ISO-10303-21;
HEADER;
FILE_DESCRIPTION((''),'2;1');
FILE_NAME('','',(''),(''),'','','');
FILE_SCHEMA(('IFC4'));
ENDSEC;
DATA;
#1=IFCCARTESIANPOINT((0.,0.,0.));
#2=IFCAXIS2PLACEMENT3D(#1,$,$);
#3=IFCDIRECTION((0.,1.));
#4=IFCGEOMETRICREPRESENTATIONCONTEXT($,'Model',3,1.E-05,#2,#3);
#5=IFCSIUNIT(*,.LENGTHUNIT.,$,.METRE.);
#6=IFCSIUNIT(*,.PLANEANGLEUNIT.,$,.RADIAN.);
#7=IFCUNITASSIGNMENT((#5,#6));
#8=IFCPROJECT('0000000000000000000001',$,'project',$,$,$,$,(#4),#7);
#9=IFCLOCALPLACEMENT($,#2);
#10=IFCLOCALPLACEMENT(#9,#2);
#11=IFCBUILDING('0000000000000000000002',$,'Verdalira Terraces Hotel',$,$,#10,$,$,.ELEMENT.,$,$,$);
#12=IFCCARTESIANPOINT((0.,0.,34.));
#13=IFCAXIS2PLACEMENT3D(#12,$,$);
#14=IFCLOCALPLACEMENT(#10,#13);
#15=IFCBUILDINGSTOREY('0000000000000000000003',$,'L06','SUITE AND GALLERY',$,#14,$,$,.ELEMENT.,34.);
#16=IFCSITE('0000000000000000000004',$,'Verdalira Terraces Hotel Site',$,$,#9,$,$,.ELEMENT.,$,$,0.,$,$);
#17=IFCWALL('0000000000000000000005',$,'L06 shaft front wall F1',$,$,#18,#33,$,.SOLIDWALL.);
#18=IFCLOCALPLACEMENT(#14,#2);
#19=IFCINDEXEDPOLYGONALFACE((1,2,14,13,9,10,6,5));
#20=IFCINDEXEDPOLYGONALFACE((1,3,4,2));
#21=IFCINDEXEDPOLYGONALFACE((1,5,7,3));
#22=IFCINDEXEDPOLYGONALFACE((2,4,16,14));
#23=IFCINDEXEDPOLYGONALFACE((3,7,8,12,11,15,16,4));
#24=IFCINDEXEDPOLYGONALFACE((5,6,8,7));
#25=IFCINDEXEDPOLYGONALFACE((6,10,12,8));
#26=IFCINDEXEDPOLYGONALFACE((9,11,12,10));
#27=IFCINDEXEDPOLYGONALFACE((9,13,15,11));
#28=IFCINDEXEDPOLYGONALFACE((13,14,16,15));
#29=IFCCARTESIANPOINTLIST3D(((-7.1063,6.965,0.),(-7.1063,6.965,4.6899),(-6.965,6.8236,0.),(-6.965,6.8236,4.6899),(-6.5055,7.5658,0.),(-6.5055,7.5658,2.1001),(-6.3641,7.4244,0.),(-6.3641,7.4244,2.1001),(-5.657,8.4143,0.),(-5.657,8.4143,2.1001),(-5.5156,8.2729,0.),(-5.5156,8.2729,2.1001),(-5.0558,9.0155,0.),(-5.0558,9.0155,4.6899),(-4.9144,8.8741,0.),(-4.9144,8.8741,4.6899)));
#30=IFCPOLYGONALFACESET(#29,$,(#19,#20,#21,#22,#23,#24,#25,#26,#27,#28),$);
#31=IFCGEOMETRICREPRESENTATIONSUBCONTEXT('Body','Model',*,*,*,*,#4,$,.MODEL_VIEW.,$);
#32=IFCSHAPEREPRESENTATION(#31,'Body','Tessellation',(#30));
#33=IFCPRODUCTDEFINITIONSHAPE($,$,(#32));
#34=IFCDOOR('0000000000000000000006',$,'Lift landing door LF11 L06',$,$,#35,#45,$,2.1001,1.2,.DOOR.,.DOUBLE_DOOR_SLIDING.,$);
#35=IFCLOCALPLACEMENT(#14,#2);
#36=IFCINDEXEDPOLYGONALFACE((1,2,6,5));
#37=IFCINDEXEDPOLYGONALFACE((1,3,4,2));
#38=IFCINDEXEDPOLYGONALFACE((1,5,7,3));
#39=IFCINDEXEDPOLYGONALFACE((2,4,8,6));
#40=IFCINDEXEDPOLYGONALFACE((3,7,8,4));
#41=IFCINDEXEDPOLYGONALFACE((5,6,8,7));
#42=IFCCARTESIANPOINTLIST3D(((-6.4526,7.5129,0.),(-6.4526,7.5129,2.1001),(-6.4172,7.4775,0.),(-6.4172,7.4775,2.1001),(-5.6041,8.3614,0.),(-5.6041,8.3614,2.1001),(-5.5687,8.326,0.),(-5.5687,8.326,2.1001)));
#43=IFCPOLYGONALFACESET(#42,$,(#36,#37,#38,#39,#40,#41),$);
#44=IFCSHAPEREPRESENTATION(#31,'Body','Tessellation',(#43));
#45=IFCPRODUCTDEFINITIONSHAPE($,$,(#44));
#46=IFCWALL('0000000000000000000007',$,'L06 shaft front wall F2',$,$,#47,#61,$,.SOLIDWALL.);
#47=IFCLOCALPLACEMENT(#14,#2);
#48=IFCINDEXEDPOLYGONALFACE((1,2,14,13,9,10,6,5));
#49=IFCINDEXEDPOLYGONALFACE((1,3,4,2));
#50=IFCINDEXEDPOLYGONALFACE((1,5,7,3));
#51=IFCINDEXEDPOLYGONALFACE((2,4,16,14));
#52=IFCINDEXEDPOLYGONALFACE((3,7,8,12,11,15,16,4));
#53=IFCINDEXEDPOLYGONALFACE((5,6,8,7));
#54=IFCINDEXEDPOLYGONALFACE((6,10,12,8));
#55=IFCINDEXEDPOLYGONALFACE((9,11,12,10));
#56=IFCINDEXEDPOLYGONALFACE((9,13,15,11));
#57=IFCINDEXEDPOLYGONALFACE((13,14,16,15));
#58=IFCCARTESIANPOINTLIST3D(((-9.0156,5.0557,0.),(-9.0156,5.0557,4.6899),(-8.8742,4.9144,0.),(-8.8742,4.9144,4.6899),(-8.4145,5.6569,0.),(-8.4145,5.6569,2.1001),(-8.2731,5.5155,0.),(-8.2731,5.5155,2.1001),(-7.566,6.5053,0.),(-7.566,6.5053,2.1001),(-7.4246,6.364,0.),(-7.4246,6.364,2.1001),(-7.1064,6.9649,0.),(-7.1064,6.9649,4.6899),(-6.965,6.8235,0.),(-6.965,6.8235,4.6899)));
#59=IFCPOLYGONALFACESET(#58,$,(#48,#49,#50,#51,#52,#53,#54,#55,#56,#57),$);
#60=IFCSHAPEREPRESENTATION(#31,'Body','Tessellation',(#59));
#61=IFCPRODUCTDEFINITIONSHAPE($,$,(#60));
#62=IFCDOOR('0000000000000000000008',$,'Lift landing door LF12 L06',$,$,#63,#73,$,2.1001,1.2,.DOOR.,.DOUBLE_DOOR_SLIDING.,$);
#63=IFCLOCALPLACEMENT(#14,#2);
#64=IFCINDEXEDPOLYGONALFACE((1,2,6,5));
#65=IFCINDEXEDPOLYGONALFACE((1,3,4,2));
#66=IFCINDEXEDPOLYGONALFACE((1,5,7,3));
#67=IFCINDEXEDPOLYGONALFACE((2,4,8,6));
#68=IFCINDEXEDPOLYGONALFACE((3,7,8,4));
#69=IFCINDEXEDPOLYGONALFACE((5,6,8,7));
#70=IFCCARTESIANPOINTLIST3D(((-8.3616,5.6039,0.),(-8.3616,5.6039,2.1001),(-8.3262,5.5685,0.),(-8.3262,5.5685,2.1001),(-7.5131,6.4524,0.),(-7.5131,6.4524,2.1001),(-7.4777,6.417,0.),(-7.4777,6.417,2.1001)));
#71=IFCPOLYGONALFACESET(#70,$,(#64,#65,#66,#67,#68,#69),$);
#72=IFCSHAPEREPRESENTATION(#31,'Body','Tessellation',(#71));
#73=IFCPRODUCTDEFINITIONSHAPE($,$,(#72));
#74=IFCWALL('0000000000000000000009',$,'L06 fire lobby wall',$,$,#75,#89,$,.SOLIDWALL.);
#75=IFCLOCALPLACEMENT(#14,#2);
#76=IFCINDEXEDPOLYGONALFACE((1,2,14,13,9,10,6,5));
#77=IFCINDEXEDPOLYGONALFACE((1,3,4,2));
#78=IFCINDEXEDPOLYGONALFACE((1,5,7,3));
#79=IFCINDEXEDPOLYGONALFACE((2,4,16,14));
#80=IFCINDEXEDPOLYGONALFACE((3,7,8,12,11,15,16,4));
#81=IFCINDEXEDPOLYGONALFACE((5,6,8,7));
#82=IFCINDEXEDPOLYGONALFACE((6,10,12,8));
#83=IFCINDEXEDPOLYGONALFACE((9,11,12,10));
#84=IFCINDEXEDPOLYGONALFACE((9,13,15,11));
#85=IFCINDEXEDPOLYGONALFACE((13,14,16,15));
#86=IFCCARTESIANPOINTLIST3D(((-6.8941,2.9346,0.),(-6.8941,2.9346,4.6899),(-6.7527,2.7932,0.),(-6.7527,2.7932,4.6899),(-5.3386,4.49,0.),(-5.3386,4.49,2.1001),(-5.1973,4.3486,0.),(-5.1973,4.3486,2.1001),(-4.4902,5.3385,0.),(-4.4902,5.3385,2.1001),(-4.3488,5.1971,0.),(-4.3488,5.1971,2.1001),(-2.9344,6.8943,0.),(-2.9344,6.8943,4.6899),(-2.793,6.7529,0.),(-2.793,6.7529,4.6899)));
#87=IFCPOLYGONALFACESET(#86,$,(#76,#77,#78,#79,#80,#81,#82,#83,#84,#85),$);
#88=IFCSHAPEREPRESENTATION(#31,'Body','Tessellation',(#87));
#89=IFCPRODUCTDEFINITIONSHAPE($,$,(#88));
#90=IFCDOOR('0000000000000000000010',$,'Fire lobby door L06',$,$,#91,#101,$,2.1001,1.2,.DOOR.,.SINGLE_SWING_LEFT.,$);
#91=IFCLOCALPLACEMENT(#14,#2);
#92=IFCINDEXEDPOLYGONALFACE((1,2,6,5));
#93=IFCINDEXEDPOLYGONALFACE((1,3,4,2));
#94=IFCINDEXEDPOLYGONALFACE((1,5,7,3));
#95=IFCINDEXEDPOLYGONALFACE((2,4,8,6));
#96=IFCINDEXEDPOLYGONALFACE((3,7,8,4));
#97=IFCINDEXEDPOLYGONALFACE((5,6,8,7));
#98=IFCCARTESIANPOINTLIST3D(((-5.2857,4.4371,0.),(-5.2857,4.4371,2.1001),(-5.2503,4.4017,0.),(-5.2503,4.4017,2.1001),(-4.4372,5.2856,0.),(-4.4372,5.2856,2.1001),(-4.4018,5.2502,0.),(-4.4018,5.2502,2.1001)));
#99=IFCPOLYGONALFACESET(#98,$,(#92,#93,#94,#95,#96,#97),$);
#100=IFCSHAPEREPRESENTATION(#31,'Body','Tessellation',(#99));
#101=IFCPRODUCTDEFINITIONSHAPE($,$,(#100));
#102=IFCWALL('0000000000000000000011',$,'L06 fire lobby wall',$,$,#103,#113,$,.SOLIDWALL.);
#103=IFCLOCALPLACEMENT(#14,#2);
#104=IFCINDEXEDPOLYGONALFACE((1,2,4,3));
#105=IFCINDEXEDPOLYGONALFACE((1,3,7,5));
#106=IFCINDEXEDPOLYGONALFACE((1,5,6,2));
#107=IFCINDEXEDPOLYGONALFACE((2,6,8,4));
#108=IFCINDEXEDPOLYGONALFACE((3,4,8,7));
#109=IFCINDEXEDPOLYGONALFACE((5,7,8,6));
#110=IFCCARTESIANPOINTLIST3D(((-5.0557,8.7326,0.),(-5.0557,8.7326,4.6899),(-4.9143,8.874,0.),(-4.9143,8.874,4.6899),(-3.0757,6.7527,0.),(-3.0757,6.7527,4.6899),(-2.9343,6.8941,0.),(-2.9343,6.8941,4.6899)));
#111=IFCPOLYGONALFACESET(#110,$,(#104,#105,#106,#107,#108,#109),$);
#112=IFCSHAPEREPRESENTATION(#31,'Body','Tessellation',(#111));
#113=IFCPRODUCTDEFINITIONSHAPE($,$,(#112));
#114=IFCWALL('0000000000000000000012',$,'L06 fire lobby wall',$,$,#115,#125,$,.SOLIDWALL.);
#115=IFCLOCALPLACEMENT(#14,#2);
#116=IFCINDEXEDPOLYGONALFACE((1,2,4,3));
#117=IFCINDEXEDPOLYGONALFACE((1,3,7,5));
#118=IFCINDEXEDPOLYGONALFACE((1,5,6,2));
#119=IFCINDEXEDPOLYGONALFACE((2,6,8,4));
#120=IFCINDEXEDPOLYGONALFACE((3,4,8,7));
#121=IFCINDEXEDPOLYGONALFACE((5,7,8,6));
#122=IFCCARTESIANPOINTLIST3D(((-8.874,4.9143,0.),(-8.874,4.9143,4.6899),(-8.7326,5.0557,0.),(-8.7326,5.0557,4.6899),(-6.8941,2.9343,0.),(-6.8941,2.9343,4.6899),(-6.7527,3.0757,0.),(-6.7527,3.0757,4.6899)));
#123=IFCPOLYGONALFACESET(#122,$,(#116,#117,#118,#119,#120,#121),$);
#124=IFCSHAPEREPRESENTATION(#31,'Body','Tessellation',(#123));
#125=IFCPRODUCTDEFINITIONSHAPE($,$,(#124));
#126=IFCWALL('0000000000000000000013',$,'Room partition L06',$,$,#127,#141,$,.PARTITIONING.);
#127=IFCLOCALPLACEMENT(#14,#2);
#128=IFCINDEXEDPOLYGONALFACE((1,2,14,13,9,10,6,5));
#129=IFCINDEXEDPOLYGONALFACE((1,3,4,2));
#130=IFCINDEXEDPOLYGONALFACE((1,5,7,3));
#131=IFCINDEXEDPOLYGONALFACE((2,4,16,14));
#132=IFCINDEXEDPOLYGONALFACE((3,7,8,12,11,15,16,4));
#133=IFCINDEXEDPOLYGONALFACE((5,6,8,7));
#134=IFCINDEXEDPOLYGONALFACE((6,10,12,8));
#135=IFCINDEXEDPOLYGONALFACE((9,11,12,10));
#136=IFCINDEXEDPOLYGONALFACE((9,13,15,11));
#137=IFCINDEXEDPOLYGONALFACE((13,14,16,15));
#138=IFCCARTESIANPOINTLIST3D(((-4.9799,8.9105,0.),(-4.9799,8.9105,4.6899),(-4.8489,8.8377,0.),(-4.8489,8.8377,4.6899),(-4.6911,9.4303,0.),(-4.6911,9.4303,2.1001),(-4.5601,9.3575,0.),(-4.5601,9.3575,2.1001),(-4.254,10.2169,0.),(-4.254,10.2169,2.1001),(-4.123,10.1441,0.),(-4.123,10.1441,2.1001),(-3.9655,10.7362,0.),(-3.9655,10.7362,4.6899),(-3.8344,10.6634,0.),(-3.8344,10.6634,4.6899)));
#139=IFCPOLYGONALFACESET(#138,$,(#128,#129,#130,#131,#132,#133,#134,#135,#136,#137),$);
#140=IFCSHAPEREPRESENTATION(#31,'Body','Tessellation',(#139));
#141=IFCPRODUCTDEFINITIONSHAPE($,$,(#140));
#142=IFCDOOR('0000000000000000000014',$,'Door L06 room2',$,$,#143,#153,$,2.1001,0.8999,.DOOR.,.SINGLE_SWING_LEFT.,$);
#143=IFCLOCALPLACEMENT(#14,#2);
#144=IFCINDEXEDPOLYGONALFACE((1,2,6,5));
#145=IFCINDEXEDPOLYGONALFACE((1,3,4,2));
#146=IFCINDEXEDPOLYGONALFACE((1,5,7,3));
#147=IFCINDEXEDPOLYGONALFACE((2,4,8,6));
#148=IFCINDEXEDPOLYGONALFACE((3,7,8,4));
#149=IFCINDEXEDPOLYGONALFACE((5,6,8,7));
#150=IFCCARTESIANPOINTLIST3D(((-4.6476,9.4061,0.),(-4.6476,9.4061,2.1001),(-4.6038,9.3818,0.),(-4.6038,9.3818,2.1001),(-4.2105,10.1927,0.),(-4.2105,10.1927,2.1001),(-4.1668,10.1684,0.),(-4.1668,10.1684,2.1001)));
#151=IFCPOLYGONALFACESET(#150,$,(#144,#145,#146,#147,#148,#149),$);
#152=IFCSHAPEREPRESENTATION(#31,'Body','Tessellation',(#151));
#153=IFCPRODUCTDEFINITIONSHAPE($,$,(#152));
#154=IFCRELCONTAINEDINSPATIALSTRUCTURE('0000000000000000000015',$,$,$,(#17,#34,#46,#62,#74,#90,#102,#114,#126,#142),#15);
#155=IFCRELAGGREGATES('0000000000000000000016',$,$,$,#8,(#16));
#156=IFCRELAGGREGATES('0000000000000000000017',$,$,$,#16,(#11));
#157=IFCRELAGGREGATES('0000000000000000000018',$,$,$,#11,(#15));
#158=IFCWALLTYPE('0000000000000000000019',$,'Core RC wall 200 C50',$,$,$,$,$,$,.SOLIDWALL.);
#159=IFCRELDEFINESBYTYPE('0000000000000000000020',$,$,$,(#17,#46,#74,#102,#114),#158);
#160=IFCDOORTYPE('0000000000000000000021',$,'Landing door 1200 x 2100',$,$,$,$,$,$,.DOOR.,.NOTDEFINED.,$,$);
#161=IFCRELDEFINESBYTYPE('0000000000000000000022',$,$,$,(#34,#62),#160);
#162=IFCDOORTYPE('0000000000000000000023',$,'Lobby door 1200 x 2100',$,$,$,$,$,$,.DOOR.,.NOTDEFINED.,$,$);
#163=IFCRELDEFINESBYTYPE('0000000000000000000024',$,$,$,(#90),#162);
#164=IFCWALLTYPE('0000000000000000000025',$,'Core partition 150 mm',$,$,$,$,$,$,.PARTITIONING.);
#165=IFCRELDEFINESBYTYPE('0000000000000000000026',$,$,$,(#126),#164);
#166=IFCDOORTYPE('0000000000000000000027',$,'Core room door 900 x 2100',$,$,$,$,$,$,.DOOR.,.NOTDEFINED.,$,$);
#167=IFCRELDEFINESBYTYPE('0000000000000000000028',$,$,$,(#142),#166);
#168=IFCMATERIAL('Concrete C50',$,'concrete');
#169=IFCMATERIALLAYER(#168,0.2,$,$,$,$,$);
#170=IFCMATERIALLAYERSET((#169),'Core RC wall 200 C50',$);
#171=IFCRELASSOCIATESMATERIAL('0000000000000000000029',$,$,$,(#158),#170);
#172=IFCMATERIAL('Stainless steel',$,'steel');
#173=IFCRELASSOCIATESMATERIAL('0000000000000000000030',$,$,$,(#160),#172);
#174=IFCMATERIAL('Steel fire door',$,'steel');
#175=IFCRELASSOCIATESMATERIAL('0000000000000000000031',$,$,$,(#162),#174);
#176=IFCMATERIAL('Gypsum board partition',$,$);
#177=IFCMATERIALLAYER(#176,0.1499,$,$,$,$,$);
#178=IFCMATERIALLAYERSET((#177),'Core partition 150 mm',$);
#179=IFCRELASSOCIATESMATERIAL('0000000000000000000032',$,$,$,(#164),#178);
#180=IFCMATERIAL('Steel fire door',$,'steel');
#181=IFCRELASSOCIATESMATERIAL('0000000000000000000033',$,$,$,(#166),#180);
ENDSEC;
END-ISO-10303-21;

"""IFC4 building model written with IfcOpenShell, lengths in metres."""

from ifc_helpers import new_model, si_unit, direction, frame, frame_2d, origin, place, context, subcontext, project, spatial, rectangle, extrude, material, layer, layer_set, type_object, element, fill, save


model = new_model("IFC4")

# Units and contexts
model_context = context("Model", 3, precision=1e-05, world=origin(), true_north=direction((0.0, 1.0)))
body_context = subcontext(model_context, "Body", "Model", "MODEL_VIEW")
ifc_project = project(units=[si_unit("LENGTHUNIT", "METRE"), si_unit("PLANEANGLEUNIT", "RADIAN")], contexts=[model_context])

# Site, building, storey
site_placement = place(None, origin())
site = spatial("IfcSite", under=ifc_project, at=site_placement, Name="Verdalira Terraces Hotel Site", CompositionType="ELEMENT", RefElevation=0.0)
building_placement = place(site_placement, origin())
building = spatial("IfcBuilding", under=site, at=building_placement, Name="Verdalira Terraces Hotel", CompositionType="ELEMENT")
storey_placement = place(building_placement, frame((0.0, 0.0, 34.0)))
storey = spatial("IfcBuildingStorey", under=building, at=storey_placement, Name="L06", Description="SUITE AND GALLERY", CompositionType="ELEMENT", Elevation=34.0)

# Shared definitions
ifc_material_1 = material(Name="Concrete C50", Category="concrete")
ifc_layer_1 = layer(ifc_material_1, 0.2)
ifc_layer_set_1 = layer_set([ifc_layer_1], Name="Core RC wall 200 C50")
wall_type_1 = type_object("IfcWallType", Name="Core RC wall 200 C50", PredefinedType="SOLIDWALL", material=ifc_layer_set_1)

# Shared definitions
ifc_material_2 = material(Name="Stainless steel", Category="steel")
door_type_1 = type_object("IfcDoorType", Name="Landing door 1200 x 2100", OperationType="NOTDEFINED", PredefinedType="DOOR", material=ifc_material_2)

# Walls, openings, doors
wall_1_placement = place(storey_placement, frame((-4.9851, 8.9448, 0.0), z_axis=(0.0, 0.0, 1.0), x_axis=(-0.707107, -0.707107, 0.0)))
wall_1 = element("IfcWall", 1, at=wall_1_placement, inside=storey, type_object=wall_type_1, Name="L06 shaft front wall F1", PredefinedType="SOLIDWALL", context=body_context, shape_type="SweptSolid", body=[
    extrude(rectangle(XDim=2.8999, YDim=0.2, at=frame_2d((1.45, 0.0))), origin(), (0.0, 0.0, 1.0), 4.6899),
])
opening_1_placement = place(wall_1_placement, frame((0.8501, 0.0, 0.0)))
opening_1 = element("IfcOpeningElement", 2, at=opening_1_placement, cuts=wall_1, PredefinedType="OPENING", context=body_context, shape_type="SweptSolid", body=[
    extrude(rectangle(XDim=1.2, YDim=2.1001, at=frame_2d((0.6001, 1.05))), frame((0.0, 0.1099, 0.0), z_axis=(0.0, -1.0, 0.0), x_axis=(1.0, 0.0, 0.0)), (0.0, 0.0, 1.0), 0.22),
])
door_1_placement = place(opening_1_placement, origin())
door_1 = element("IfcDoor", 3, at=door_1_placement, inside=storey, type_object=door_type_1, Name="Lift landing door LF11 L06", OperationType="DOUBLE_DOOR_SLIDING", OverallHeight=2.1001, OverallWidth=1.2, PredefinedType="DOOR", context=body_context, shape_type="SweptSolid", body=[
    extrude(rectangle(XDim=1.2, YDim=2.1001, at=frame_2d((0.6001, 1.05))), frame((0.0, 0.0249, 0.0), z_axis=(0.0, -1.0, 0.0), x_axis=(1.0, 0.0, 0.0)), (0.0, 0.0, 1.0), 0.05),
])
fill(opening_1, door_1)
wall_2_placement = place(storey_placement, frame((-7.0356, 6.8943, 0.0), z_axis=(0.0, 0.0, 1.0), x_axis=(-0.707107, -0.707107, 0.0)))
wall_2 = element("IfcWall", 4, at=wall_2_placement, inside=storey, type_object=wall_type_1, Name="L06 shaft front wall F2", PredefinedType="SOLIDWALL", context=body_context, shape_type="SweptSolid", body=[
    extrude(rectangle(XDim=2.7, YDim=0.2, at=frame_2d((1.3501, 0.0))), origin(), (0.0, 0.0, 1.0), 4.6899),
])
opening_2_placement = place(wall_2_placement, frame((0.6499, 0.0, 0.0)))
opening_2 = element("IfcOpeningElement", 5, at=opening_2_placement, cuts=wall_2, PredefinedType="OPENING", context=body_context, shape_type="SweptSolid", body=[
    extrude(rectangle(XDim=1.2, YDim=2.1001, at=frame_2d((0.6001, 1.05))), frame((0.0, 0.1099, 0.0), z_axis=(0.0, -1.0, 0.0), x_axis=(1.0, 0.0, 0.0)), (0.0, 0.0, 1.0), 0.22),
])
door_2_placement = place(opening_2_placement, origin())
door_2 = element("IfcDoor", 6, at=door_2_placement, inside=storey, type_object=door_type_1, Name="Lift landing door LF12 L06", OperationType="DOUBLE_DOOR_SLIDING", OverallHeight=2.1001, OverallWidth=1.2, PredefinedType="DOOR", context=body_context, shape_type="SweptSolid", body=[
    extrude(rectangle(XDim=1.2, YDim=2.1001, at=frame_2d((0.6001, 1.05))), frame((0.0, 0.0249, 0.0), z_axis=(0.0, -1.0, 0.0), x_axis=(1.0, 0.0, 0.0)), (0.0, 0.0, 1.0), 0.05),
])
fill(opening_2, door_2)
wall_3_placement = place(storey_placement, frame((-2.8638, 6.8235, 0.0), z_axis=(0.0, 0.0, 1.0), x_axis=(-0.707107, -0.707107, 0.0)))
wall_3 = element("IfcWall", 7, at=wall_3_placement, inside=storey, type_object=wall_type_1, Name="L06 fire lobby wall", PredefinedType="SOLIDWALL", context=body_context, shape_type="SweptSolid", body=[
    extrude(rectangle(XDim=5.5999, YDim=0.2, at=frame_2d((2.7998, 0.0))), origin(), (0.0, 0.0, 1.0), 4.6899),
])
opening_3_placement = place(wall_3_placement, frame((2.2, 0.0, 0.0)))
opening_3 = element("IfcOpeningElement", 8, at=opening_3_placement, cuts=wall_3, PredefinedType="OPENING", context=body_context, shape_type="SweptSolid", body=[
    extrude(rectangle(XDim=1.2, YDim=2.1001, at=frame_2d((0.6001, 1.05))), frame((0.0, 0.1099, 0.0), z_axis=(0.0, -1.0, 0.0), x_axis=(1.0, 0.0, 0.0)), (0.0, 0.0, 1.0), 0.22),
])
ifc_material_3 = material(Name="Steel fire door", Category="steel")
door_type_2 = type_object("IfcDoorType", Name="Lobby door 1200 x 2100", OperationType="NOTDEFINED", PredefinedType="DOOR", material=ifc_material_3)
door_3_placement = place(opening_3_placement, origin())
door_3 = element("IfcDoor", 9, at=door_3_placement, inside=storey, type_object=door_type_2, Name="Fire lobby door L06", OperationType="SINGLE_SWING_LEFT", OverallHeight=2.1001, OverallWidth=1.2, PredefinedType="DOOR", context=body_context, shape_type="SweptSolid", body=[
    extrude(rectangle(XDim=1.2, YDim=2.1001, at=frame_2d((0.6001, 1.05))), frame((0.0, 0.0249, 0.0), z_axis=(0.0, -1.0, 0.0), x_axis=(1.0, 0.0, 0.0)), (0.0, 0.0, 1.0), 0.05),
])
fill(opening_3, door_3)

# Walls
for number, where, z_axis, x_axis, name in (
    (10, (-3.0051, 6.8235, 0.0), (0.0, 0.0, 1.0), (-0.707107, 0.707107, 0.0), "L06 fire lobby wall"),
    (11, (-6.8235, 3.0051, 0.0), (0.0, 0.0, 1.0), (-0.707107, 0.707107, 0.0), "L06 fire lobby wall"),
):
    element("IfcWall", number, at=place(storey_placement, frame(where, z_axis=z_axis, x_axis=x_axis)), inside=storey, type_object=wall_type_1, Name=name, PredefinedType="SOLIDWALL", context=body_context, shape_type="SweptSolid", body=[
        extrude(rectangle(XDim=2.8, YDim=0.2, at=frame_2d((1.3999, 0.0))), origin(), (0.0, 0.0, 1.0), 4.6899),
    ])

# Wall, opening, door
ifc_material_4 = material(Name="Gypsum board partition")
ifc_layer_2 = layer(ifc_material_4, 0.1499)
ifc_layer_set_2 = layer_set([ifc_layer_2], Name="Core partition 150 mm")
wall_type_2 = type_object("IfcWallType", Name="Core partition 150 mm", PredefinedType="PARTITIONING", material=ifc_layer_set_2)
wall_4_placement = place(storey_placement, frame((-3.8999, 10.7, 0.0), z_axis=(0.0, 0.0, 1.0), x_axis=(-0.485693, -0.87413, 0.0)))
wall_4 = element("IfcWall", 12, at=wall_4_placement, inside=storey, type_object=wall_type_2, Name="Room partition L06", PredefinedType="PARTITIONING", context=body_context, shape_type="SweptSolid", body=[
    extrude(rectangle(XDim=2.0886, YDim=0.1499, at=frame_2d((1.0444, 0.0))), origin(), (0.0, 0.0, 1.0), 4.6899),
])
opening_4_placement = place(wall_4_placement, frame((0.5942, 0.0, 0.0)))
opening_4 = element("IfcOpeningElement", 13, at=opening_4_placement, cuts=wall_4, PredefinedType="OPENING", context=body_context, shape_type="SweptSolid", body=[
    extrude(rectangle(XDim=0.8999, YDim=2.1001, at=frame_2d((0.45, 1.05))), frame((0.0, 0.085, 0.0), z_axis=(0.0, -1.0, 0.0), x_axis=(1.0, 0.0, 0.0)), (0.0, 0.0, 1.0), 0.1699),
])
ifc_material_5 = material(Name="Steel fire door", Category="steel")
door_type_3 = type_object("IfcDoorType", Name="Core room door 900 x 2100", OperationType="NOTDEFINED", PredefinedType="DOOR", material=ifc_material_5)
door_4_placement = place(opening_4_placement, origin())
door_4 = element("IfcDoor", 14, at=door_4_placement, inside=storey, type_object=door_type_3, Name="Door L06 room2", OperationType="SINGLE_SWING_LEFT", OverallHeight=2.1001, OverallWidth=0.8999, PredefinedType="DOOR", context=body_context, shape_type="SweptSolid", body=[
    extrude(rectangle(XDim=0.8999, YDim=2.1001, at=frame_2d((0.45, 1.05))), frame((0.0, 0.0249, 0.0), z_axis=(0.0, -1.0, 0.0), x_axis=(1.0, 0.0, 0.0)), (0.0, 0.0, 1.0), 0.05),
])
fill(opening_4, door_4)

save(model, "model.ifc")
